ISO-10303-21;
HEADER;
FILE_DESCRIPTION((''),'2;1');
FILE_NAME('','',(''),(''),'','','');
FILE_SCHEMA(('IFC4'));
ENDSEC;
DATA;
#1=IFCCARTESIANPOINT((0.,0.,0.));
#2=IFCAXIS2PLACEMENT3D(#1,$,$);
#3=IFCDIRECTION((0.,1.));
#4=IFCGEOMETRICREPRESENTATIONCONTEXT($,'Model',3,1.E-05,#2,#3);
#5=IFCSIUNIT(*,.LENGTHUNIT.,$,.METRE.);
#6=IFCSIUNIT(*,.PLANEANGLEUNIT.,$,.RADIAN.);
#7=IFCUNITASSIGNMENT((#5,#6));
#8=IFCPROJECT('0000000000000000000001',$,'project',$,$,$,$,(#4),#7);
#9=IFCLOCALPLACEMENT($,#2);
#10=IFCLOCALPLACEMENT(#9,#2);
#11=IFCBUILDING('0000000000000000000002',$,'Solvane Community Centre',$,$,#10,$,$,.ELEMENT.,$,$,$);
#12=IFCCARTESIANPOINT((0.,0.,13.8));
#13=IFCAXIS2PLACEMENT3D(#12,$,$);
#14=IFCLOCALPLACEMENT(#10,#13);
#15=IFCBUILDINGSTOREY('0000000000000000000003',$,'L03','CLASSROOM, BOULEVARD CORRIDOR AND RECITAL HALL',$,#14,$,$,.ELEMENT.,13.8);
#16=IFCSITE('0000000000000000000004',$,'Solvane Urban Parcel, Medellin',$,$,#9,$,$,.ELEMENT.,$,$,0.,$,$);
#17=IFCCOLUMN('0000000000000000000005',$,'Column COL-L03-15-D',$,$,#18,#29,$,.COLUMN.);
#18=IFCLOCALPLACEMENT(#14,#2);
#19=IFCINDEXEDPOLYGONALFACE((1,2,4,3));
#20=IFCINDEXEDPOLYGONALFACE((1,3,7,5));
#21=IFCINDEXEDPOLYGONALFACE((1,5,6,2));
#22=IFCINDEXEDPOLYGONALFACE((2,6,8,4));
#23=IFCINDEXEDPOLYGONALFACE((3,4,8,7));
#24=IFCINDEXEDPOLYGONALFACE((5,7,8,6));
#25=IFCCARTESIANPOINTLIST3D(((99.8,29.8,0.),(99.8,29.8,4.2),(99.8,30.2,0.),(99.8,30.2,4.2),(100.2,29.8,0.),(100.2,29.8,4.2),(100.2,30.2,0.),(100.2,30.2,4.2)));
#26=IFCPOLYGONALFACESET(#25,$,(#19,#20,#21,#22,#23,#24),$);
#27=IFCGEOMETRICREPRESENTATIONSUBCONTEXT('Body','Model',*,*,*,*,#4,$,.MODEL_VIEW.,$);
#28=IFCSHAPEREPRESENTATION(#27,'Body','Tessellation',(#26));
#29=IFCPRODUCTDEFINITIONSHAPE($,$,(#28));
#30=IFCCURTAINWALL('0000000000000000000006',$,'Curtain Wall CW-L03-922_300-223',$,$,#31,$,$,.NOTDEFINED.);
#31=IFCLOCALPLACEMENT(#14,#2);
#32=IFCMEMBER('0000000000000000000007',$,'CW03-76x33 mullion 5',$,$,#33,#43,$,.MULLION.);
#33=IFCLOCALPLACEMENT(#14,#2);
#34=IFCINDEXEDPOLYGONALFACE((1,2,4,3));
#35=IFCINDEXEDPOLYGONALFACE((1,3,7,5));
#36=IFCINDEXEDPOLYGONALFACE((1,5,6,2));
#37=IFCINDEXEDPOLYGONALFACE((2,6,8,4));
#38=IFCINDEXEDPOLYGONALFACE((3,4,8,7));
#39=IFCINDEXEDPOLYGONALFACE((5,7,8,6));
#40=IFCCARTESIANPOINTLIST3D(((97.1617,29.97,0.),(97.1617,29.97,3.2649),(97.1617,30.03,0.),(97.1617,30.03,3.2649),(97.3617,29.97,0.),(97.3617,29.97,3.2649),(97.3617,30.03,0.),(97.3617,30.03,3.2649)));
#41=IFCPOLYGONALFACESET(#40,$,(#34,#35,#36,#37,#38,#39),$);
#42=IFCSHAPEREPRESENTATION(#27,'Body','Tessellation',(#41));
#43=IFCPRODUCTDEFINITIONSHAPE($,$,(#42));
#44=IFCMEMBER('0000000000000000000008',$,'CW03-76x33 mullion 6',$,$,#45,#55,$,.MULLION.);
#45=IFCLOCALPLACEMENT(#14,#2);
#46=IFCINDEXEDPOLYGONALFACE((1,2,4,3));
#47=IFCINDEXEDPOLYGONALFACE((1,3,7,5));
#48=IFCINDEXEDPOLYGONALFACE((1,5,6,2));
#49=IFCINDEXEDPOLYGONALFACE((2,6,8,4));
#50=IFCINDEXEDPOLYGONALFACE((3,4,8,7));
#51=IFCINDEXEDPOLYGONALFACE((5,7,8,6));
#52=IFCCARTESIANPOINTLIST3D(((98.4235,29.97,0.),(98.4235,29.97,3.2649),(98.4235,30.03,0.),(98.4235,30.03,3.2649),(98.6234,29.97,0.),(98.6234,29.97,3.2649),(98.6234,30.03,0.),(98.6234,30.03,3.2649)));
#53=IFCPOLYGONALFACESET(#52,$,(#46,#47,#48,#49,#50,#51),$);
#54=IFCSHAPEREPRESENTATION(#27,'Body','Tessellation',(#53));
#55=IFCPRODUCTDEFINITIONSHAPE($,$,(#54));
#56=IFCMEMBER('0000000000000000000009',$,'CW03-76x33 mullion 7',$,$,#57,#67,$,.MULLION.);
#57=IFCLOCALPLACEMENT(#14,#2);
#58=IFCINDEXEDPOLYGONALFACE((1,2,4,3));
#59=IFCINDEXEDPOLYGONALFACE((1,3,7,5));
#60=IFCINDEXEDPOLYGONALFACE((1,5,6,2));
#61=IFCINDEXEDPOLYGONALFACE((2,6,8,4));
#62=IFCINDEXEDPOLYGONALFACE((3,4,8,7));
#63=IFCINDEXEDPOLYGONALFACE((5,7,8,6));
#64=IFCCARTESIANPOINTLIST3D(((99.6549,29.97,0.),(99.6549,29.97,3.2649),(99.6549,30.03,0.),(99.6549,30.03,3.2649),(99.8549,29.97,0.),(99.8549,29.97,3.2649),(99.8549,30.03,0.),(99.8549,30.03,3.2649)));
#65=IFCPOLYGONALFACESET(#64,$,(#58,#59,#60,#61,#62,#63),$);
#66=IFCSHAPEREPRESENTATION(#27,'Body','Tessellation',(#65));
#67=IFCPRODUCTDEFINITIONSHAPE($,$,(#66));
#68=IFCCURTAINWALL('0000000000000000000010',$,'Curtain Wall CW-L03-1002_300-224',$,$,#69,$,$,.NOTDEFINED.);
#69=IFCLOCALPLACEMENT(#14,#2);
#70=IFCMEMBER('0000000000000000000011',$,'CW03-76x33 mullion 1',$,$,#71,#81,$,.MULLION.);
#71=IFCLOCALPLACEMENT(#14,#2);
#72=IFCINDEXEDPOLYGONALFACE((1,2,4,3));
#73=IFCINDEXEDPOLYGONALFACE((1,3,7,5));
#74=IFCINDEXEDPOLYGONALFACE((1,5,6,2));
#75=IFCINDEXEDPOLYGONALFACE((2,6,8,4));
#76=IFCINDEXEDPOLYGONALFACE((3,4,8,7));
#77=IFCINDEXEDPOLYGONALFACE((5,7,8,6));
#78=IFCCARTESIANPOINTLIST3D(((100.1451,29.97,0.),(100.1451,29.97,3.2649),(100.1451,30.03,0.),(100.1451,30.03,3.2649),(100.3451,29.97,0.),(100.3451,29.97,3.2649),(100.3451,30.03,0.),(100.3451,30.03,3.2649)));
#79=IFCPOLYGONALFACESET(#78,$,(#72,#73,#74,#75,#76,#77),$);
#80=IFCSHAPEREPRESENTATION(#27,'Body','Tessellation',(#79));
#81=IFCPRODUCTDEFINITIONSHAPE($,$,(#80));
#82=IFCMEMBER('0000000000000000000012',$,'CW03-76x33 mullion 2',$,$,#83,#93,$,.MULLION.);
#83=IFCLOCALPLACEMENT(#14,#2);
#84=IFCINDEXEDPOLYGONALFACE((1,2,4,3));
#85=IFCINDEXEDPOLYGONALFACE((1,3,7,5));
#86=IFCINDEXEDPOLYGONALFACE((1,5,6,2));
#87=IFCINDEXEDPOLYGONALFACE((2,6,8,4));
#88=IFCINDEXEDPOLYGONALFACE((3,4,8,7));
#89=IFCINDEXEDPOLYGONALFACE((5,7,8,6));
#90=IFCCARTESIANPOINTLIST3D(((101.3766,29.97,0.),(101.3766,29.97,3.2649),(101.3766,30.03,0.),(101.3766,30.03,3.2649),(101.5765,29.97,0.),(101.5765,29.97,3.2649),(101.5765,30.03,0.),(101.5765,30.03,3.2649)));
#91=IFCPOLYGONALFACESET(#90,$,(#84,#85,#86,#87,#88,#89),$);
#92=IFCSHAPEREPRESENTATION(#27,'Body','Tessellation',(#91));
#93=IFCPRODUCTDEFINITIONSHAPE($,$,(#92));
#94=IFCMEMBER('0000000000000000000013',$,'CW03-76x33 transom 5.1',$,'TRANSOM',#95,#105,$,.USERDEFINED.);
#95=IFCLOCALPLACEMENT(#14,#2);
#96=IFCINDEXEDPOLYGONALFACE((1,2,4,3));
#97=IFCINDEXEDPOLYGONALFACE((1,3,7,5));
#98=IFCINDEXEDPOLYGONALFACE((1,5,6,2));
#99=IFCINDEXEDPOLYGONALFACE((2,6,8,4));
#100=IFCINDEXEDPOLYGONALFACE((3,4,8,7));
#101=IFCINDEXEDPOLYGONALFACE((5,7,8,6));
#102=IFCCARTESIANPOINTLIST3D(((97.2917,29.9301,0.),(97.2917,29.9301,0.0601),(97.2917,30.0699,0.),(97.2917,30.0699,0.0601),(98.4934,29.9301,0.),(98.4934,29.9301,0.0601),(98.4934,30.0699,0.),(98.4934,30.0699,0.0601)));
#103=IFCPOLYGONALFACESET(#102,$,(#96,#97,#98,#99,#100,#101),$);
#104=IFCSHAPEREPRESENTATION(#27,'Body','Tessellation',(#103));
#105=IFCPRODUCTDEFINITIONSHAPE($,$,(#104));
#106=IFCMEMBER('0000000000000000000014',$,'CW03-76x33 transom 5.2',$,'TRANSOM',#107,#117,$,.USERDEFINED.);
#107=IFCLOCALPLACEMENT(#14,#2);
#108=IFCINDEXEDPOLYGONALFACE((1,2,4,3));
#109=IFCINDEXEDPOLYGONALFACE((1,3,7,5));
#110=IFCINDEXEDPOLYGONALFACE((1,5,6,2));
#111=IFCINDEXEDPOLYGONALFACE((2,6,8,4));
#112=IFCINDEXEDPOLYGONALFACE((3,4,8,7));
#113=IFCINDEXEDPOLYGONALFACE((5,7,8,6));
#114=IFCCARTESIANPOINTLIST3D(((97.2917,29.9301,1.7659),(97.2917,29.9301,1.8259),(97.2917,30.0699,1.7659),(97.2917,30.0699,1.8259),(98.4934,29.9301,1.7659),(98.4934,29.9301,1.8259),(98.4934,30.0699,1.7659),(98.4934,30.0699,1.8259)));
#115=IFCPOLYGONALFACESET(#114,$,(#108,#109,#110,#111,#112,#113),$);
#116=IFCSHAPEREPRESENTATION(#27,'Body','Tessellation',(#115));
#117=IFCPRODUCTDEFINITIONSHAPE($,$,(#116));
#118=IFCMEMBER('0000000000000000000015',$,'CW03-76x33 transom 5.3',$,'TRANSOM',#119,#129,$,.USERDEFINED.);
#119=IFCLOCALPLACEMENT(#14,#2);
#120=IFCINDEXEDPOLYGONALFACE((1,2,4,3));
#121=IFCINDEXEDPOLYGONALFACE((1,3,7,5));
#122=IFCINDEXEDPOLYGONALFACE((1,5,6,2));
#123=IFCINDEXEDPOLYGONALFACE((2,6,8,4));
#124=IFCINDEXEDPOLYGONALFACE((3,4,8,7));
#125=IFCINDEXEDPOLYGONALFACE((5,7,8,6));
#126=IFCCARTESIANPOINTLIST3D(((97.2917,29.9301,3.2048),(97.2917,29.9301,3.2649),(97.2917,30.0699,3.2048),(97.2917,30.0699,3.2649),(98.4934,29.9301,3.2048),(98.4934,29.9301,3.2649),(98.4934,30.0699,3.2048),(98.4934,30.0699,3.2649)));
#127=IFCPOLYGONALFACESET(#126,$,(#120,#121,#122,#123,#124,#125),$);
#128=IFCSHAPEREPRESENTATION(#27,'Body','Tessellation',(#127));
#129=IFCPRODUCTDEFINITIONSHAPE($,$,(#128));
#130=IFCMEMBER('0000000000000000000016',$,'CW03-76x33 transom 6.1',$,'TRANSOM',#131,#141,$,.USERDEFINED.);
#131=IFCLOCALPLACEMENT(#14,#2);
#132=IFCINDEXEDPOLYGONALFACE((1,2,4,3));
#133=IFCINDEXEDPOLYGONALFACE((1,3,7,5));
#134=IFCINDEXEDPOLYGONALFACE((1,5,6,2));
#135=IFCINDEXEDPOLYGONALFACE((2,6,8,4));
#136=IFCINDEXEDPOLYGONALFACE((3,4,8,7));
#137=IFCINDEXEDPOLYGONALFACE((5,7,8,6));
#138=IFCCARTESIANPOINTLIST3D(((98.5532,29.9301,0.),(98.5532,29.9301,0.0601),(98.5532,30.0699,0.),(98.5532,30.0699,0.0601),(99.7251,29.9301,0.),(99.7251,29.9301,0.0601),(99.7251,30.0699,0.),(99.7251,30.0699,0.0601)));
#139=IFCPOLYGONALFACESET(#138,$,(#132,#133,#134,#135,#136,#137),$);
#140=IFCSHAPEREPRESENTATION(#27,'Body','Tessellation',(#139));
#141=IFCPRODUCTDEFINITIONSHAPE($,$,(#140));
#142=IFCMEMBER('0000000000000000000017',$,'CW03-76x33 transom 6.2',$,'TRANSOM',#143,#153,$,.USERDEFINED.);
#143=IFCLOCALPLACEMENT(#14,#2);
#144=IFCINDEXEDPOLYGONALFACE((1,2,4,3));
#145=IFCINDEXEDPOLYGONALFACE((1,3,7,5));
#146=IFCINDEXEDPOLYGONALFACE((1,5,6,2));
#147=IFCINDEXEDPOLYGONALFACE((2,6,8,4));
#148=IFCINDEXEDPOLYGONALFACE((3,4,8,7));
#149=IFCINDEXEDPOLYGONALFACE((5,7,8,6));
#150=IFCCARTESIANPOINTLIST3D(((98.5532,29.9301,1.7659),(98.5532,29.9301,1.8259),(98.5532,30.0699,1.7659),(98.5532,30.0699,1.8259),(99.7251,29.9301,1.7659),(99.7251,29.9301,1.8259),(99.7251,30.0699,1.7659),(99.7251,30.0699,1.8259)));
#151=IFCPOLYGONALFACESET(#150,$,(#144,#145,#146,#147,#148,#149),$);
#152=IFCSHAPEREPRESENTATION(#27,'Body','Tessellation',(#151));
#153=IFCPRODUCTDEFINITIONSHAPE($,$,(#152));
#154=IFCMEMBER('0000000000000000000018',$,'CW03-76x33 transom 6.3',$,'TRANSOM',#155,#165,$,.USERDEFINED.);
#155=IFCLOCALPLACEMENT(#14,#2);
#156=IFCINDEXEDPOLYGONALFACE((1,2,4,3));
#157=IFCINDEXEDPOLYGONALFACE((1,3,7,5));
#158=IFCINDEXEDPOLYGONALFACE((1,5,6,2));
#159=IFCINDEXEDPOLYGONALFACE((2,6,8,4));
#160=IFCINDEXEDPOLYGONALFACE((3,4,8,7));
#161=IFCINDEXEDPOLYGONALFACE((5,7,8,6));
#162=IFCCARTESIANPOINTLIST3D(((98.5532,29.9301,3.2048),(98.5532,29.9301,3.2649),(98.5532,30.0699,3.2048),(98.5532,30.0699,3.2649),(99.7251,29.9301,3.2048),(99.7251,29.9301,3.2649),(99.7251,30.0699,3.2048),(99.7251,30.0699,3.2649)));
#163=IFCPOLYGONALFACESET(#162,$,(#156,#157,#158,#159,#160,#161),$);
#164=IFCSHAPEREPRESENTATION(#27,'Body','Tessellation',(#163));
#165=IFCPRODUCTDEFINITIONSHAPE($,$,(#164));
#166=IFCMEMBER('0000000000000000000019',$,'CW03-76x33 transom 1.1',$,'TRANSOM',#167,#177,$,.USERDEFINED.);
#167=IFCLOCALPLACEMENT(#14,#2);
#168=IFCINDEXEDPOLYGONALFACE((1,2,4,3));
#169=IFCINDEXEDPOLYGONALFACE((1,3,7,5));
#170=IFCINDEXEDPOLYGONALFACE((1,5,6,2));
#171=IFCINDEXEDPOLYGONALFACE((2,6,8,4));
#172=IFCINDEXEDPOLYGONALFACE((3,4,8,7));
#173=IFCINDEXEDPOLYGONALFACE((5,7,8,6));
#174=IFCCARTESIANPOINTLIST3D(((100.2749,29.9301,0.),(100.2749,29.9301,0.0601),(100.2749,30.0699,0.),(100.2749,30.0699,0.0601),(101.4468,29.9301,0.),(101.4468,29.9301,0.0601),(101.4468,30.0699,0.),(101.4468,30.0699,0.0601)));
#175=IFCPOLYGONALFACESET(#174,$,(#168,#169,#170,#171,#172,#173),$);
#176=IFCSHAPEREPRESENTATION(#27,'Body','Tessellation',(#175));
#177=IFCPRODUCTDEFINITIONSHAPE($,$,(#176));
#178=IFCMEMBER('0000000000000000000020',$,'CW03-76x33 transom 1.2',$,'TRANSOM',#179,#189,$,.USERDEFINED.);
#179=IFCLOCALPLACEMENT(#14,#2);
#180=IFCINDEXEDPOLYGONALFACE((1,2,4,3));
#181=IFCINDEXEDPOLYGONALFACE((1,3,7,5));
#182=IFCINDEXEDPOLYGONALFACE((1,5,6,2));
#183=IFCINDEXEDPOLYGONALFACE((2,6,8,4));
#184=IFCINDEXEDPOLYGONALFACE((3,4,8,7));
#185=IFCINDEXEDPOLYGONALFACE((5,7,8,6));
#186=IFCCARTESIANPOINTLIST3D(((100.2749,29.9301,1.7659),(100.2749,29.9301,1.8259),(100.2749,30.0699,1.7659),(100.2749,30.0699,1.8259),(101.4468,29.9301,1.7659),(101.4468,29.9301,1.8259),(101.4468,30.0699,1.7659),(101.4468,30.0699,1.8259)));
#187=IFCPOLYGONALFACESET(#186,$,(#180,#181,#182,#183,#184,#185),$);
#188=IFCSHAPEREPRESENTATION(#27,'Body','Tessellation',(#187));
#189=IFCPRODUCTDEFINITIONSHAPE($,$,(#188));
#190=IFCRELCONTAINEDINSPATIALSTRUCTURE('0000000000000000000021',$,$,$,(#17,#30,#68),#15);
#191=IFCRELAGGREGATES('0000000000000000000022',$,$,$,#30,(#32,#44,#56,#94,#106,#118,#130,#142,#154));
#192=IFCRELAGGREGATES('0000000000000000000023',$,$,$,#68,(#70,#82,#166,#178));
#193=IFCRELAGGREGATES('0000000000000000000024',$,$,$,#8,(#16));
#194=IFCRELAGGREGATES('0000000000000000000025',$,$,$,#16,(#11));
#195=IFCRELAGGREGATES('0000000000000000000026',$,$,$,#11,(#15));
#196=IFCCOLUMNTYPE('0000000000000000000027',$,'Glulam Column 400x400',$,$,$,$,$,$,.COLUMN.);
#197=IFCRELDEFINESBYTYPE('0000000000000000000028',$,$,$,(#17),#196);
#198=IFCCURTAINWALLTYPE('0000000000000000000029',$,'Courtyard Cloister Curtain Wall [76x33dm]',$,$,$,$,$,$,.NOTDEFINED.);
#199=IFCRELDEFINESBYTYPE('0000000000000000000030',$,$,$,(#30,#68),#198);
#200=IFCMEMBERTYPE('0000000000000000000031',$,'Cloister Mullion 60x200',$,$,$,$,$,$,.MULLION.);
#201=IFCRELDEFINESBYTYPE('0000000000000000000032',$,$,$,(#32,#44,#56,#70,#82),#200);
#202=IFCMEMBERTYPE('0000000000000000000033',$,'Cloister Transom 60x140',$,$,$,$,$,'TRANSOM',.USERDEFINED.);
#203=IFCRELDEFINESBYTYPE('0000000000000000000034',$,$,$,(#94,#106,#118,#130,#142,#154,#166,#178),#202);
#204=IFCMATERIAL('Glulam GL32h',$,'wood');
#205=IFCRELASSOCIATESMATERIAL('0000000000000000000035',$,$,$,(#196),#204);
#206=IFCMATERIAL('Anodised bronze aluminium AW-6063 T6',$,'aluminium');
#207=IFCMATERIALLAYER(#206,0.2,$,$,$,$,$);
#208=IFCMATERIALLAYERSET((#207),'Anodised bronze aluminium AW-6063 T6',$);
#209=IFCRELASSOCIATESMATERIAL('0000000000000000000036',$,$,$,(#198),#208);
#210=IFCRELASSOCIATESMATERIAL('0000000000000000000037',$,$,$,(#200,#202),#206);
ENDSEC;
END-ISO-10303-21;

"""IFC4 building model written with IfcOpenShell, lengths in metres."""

from ifc_helpers import new_model, si_unit, direction, frame, origin, origin_2d, place, context, subcontext, project, spatial, rectangle, extrude, material, layer, layer_set, material_profile, profile_set, type_object, element, aggregate, save


model = new_model("IFC4")

# Units and contexts
model_context = context("Model", 3, precision=1e-05, world=origin(), true_north=direction((0.0, 1.0)))
body_context = subcontext(model_context, "Body", "Model", "MODEL_VIEW")
ifc_project = project(units=[si_unit("LENGTHUNIT", "METRE"), si_unit("PLANEANGLEUNIT", "RADIAN")], contexts=[model_context])

# Site, building, storey
site_placement = place(None, origin())
site = spatial("IfcSite", under=ifc_project, at=site_placement, Name="Solvane Urban Parcel, Medellin", CompositionType="ELEMENT", RefElevation=0.0)
building_placement = place(site_placement, origin())
building = spatial("IfcBuilding", under=site, at=building_placement, Name="Solvane Community Centre", CompositionType="ELEMENT")
storey_placement = place(building_placement, frame((0.0, 0.0, 13.8)))
storey = spatial("IfcBuildingStorey", under=building, at=storey_placement, Name="L03", Description="CLASSROOM, BOULEVARD CORRIDOR AND RECITAL HALL", CompositionType="ELEMENT", Elevation=13.8)

# Column
ifc_material_1 = material(Name="Glulam GL32h", Category="wood")
ifc_material_profile_1 = material_profile(ifc_material_1, rectangle(XDim=0.3999, YDim=0.3999, at=origin_2d()), Name="GL32h 400x400")
ifc_profile_set_1 = profile_set([ifc_material_profile_1], Name="Glulam GL32h")
column_type = type_object("IfcColumnType", Name="Glulam Column 400x400", PredefinedType="COLUMN", material=ifc_profile_set_1)
column_placement = place(storey_placement, frame((100.0, 30.0, 0.0), z_axis=(0.0, 0.0, 1.0), x_axis=(1.0, 0.0, 0.0)))
element("IfcColumn", 1, at=column_placement, inside=storey, type_object=column_type, Name="Column COL-L03-15-D", PredefinedType="COLUMN", context=body_context, shape_type="SweptSolid", body=[
    extrude(rectangle(XDim=0.3999, YDim=0.3999, at=origin_2d()), origin(), (0.0, 0.0, 1.0), 4.2),
])

# Curtain walls, members
ifc_material_2 = material(Name="Anodised bronze aluminium AW-6063 T6", Category="aluminium")
ifc_layer_1 = layer(ifc_material_2, 0.2)
ifc_layer_set_1 = layer_set([ifc_layer_1], Name="Anodised bronze aluminium AW-6063 T6")
curtain_wall_type = type_object("IfcCurtainWallType", Name="Courtyard Cloister Curtain Wall [76x33dm]", PredefinedType="NOTDEFINED", material=ifc_layer_set_1)
curtain_wall_1_placement = place(storey_placement, origin())
curtain_wall_1 = element("IfcCurtainWall", 2, at=curtain_wall_1_placement, inside=storey, type_object=curtain_wall_type, Name="Curtain Wall CW-L03-922_300-223", PredefinedType="NOTDEFINED")
ifc_material_profile_2 = material_profile(ifc_material_2, rectangle(XDim=0.0601, YDim=0.2, at=origin_2d()), Name="CW-M 60x200")
ifc_profile_set_2 = profile_set([ifc_material_profile_2], Name="Anodised bronze aluminium AW-6063 T6")
member_type_1 = type_object("IfcMemberType", Name="Cloister Mullion 60x200", PredefinedType="MULLION", material=ifc_profile_set_2)
member_1_placement = place(storey_placement, frame((97.2617, 30.0, 0.0), z_axis=(0.0, 0.0, 1.0), x_axis=(0.0, 1.0, 0.0)))
member_1 = element("IfcMember", 3, at=member_1_placement, type_object=member_type_1, Name="CW03-76x33 mullion 5", PredefinedType="MULLION", context=body_context, shape_type="SweptSolid", body=[
    extrude(rectangle(XDim=0.0601, YDim=0.2, at=origin_2d()), origin(), (0.0, 0.0, 1.0), 3.2649),
])
member_2_placement = place(storey_placement, frame((98.5234, 30.0, 0.0), z_axis=(0.0, 0.0, 1.0), x_axis=(0.0, 1.0, 0.0)))
member_2 = element("IfcMember", 4, at=member_2_placement, type_object=member_type_1, Name="CW03-76x33 mullion 6", PredefinedType="MULLION", context=body_context, shape_type="SweptSolid", body=[
    extrude(rectangle(XDim=0.0601, YDim=0.2, at=origin_2d()), origin(), (0.0, 0.0, 1.0), 3.2649),
])
member_3_placement = place(storey_placement, frame((99.7549, 30.0, 0.0), z_axis=(0.0, 0.0, 1.0), x_axis=(0.0, 1.0, 0.0)))
member_3 = element("IfcMember", 5, at=member_3_placement, type_object=member_type_1, Name="CW03-76x33 mullion 7", PredefinedType="MULLION", context=body_context, shape_type="SweptSolid", body=[
    extrude(rectangle(XDim=0.0601, YDim=0.2, at=origin_2d()), origin(), (0.0, 0.0, 1.0), 3.2649),
])
curtain_wall_2_placement = place(storey_placement, origin())
curtain_wall_2 = element("IfcCurtainWall", 6, at=curtain_wall_2_placement, inside=storey, type_object=curtain_wall_type, Name="Curtain Wall CW-L03-1002_300-224", PredefinedType="NOTDEFINED")
member_4_placement = place(storey_placement, frame((100.2451, 30.0, 0.0), z_axis=(0.0, 0.0, 1.0), x_axis=(0.0, 1.0, 0.0)))
member_4 = element("IfcMember", 7, at=member_4_placement, type_object=member_type_1, Name="CW03-76x33 mullion 1", PredefinedType="MULLION", context=body_context, shape_type="SweptSolid", body=[
    extrude(rectangle(XDim=0.0601, YDim=0.2, at=origin_2d()), origin(), (0.0, 0.0, 1.0), 3.2649),
])
member_5_placement = place(storey_placement, frame((101.4766, 30.0, 0.0), z_axis=(0.0, 0.0, 1.0), x_axis=(0.0, 1.0, 0.0)))
member_5 = element("IfcMember", 8, at=member_5_placement, type_object=member_type_1, Name="CW03-76x33 mullion 2", PredefinedType="MULLION", context=body_context, shape_type="SweptSolid", body=[
    extrude(rectangle(XDim=0.0601, YDim=0.2, at=origin_2d()), origin(), (0.0, 0.0, 1.0), 3.2649),
])

# Members
ifc_material_profile_3 = material_profile(ifc_material_2, rectangle(XDim=0.1399, YDim=0.0601, at=origin_2d()), Name="CW-T 60x140")
ifc_profile_set_3 = profile_set([ifc_material_profile_3], Name="Anodised bronze aluminium AW-6063 T6")
member_type_2 = type_object("IfcMemberType", Name="Cloister Transom 60x140", ElementType="TRANSOM", PredefinedType="USERDEFINED", material=ifc_profile_set_3)
member_6_placement = place(storey_placement, frame((97.2917, 30.0, 0.03), z_axis=(1.0, 0.0, 0.0), x_axis=(0.0, 1.0, 0.0)))
member_6 = element("IfcMember", 9, at=member_6_placement, type_object=member_type_2, Name="CW03-76x33 transom 5.1", ObjectType="TRANSOM", PredefinedType="USERDEFINED", context=body_context, shape_type="SweptSolid", body=[
    extrude(rectangle(XDim=0.1399, YDim=0.0601, at=origin_2d()), origin(), (0.0, 0.0, 1.0), 1.2017),
])
member_7_placement = place(storey_placement, frame((97.2917, 30.0, 1.7959), z_axis=(1.0, 0.0, 0.0), x_axis=(0.0, 1.0, 0.0)))
member_7 = element("IfcMember", 10, at=member_7_placement, type_object=member_type_2, Name="CW03-76x33 transom 5.2", ObjectType="TRANSOM", PredefinedType="USERDEFINED", context=body_context, shape_type="SweptSolid", body=[
    extrude(rectangle(XDim=0.1399, YDim=0.0601, at=origin_2d()), origin(), (0.0, 0.0, 1.0), 1.2017),
])
member_8_placement = place(storey_placement, frame((97.2917, 30.0, 3.2349), z_axis=(1.0, 0.0, 0.0), x_axis=(0.0, 1.0, 0.0)))
member_8 = element("IfcMember", 11, at=member_8_placement, type_object=member_type_2, Name="CW03-76x33 transom 5.3", ObjectType="TRANSOM", PredefinedType="USERDEFINED", context=body_context, shape_type="SweptSolid", body=[
    extrude(rectangle(XDim=0.1399, YDim=0.0601, at=origin_2d()), origin(), (0.0, 0.0, 1.0), 1.2017),
])
member_9_placement = place(storey_placement, frame((98.5532, 30.0, 0.03), z_axis=(1.0, 0.0, 0.0), x_axis=(0.0, 1.0, 0.0)))
member_9 = element("IfcMember", 12, at=member_9_placement, type_object=member_type_2, Name="CW03-76x33 transom 6.1", ObjectType="TRANSOM", PredefinedType="USERDEFINED", context=body_context, shape_type="SweptSolid", body=[
    extrude(rectangle(XDim=0.1399, YDim=0.0601, at=origin_2d()), origin(), (0.0, 0.0, 1.0), 1.1719),
])
member_10_placement = place(storey_placement, frame((98.5532, 30.0, 1.7959), z_axis=(1.0, 0.0, 0.0), x_axis=(0.0, 1.0, 0.0)))
member_10 = element("IfcMember", 13, at=member_10_placement, type_object=member_type_2, Name="CW03-76x33 transom 6.2", ObjectType="TRANSOM", PredefinedType="USERDEFINED", context=body_context, shape_type="SweptSolid", body=[
    extrude(rectangle(XDim=0.1399, YDim=0.0601, at=origin_2d()), origin(), (0.0, 0.0, 1.0), 1.1719),
])
member_11_placement = place(storey_placement, frame((98.5532, 30.0, 3.2349), z_axis=(1.0, 0.0, 0.0), x_axis=(0.0, 1.0, 0.0)))
member_11 = element("IfcMember", 14, at=member_11_placement, type_object=member_type_2, Name="CW03-76x33 transom 6.3", ObjectType="TRANSOM", PredefinedType="USERDEFINED", context=body_context, shape_type="SweptSolid", body=[
    extrude(rectangle(XDim=0.1399, YDim=0.0601, at=origin_2d()), origin(), (0.0, 0.0, 1.0), 1.1719),
])
member_12_placement = place(storey_placement, frame((100.2749, 30.0, 0.03), z_axis=(1.0, 0.0, 0.0), x_axis=(0.0, 1.0, 0.0)))
member_12 = element("IfcMember", 15, at=member_12_placement, type_object=member_type_2, Name="CW03-76x33 transom 1.1", ObjectType="TRANSOM", PredefinedType="USERDEFINED", context=body_context, shape_type="SweptSolid", body=[
    extrude(rectangle(XDim=0.1399, YDim=0.0601, at=origin_2d()), origin(), (0.0, 0.0, 1.0), 1.1719),
])
member_13_placement = place(storey_placement, frame((100.2749, 30.0, 1.7959), z_axis=(1.0, 0.0, 0.0), x_axis=(0.0, 1.0, 0.0)))
member_13 = element("IfcMember", 16, at=member_13_placement, type_object=member_type_2, Name="CW03-76x33 transom 1.2", ObjectType="TRANSOM", PredefinedType="USERDEFINED", context=body_context, shape_type="SweptSolid", body=[
    extrude(rectangle(XDim=0.1399, YDim=0.0601, at=origin_2d()), origin(), (0.0, 0.0, 1.0), 1.1719),
])

aggregate(curtain_wall_1, [member_1, member_2, member_3, member_6, member_7, member_8, member_9, member_10, member_11])
aggregate(curtain_wall_2, [member_4, member_5, member_12, member_13])

save(model, "model.ifc")
